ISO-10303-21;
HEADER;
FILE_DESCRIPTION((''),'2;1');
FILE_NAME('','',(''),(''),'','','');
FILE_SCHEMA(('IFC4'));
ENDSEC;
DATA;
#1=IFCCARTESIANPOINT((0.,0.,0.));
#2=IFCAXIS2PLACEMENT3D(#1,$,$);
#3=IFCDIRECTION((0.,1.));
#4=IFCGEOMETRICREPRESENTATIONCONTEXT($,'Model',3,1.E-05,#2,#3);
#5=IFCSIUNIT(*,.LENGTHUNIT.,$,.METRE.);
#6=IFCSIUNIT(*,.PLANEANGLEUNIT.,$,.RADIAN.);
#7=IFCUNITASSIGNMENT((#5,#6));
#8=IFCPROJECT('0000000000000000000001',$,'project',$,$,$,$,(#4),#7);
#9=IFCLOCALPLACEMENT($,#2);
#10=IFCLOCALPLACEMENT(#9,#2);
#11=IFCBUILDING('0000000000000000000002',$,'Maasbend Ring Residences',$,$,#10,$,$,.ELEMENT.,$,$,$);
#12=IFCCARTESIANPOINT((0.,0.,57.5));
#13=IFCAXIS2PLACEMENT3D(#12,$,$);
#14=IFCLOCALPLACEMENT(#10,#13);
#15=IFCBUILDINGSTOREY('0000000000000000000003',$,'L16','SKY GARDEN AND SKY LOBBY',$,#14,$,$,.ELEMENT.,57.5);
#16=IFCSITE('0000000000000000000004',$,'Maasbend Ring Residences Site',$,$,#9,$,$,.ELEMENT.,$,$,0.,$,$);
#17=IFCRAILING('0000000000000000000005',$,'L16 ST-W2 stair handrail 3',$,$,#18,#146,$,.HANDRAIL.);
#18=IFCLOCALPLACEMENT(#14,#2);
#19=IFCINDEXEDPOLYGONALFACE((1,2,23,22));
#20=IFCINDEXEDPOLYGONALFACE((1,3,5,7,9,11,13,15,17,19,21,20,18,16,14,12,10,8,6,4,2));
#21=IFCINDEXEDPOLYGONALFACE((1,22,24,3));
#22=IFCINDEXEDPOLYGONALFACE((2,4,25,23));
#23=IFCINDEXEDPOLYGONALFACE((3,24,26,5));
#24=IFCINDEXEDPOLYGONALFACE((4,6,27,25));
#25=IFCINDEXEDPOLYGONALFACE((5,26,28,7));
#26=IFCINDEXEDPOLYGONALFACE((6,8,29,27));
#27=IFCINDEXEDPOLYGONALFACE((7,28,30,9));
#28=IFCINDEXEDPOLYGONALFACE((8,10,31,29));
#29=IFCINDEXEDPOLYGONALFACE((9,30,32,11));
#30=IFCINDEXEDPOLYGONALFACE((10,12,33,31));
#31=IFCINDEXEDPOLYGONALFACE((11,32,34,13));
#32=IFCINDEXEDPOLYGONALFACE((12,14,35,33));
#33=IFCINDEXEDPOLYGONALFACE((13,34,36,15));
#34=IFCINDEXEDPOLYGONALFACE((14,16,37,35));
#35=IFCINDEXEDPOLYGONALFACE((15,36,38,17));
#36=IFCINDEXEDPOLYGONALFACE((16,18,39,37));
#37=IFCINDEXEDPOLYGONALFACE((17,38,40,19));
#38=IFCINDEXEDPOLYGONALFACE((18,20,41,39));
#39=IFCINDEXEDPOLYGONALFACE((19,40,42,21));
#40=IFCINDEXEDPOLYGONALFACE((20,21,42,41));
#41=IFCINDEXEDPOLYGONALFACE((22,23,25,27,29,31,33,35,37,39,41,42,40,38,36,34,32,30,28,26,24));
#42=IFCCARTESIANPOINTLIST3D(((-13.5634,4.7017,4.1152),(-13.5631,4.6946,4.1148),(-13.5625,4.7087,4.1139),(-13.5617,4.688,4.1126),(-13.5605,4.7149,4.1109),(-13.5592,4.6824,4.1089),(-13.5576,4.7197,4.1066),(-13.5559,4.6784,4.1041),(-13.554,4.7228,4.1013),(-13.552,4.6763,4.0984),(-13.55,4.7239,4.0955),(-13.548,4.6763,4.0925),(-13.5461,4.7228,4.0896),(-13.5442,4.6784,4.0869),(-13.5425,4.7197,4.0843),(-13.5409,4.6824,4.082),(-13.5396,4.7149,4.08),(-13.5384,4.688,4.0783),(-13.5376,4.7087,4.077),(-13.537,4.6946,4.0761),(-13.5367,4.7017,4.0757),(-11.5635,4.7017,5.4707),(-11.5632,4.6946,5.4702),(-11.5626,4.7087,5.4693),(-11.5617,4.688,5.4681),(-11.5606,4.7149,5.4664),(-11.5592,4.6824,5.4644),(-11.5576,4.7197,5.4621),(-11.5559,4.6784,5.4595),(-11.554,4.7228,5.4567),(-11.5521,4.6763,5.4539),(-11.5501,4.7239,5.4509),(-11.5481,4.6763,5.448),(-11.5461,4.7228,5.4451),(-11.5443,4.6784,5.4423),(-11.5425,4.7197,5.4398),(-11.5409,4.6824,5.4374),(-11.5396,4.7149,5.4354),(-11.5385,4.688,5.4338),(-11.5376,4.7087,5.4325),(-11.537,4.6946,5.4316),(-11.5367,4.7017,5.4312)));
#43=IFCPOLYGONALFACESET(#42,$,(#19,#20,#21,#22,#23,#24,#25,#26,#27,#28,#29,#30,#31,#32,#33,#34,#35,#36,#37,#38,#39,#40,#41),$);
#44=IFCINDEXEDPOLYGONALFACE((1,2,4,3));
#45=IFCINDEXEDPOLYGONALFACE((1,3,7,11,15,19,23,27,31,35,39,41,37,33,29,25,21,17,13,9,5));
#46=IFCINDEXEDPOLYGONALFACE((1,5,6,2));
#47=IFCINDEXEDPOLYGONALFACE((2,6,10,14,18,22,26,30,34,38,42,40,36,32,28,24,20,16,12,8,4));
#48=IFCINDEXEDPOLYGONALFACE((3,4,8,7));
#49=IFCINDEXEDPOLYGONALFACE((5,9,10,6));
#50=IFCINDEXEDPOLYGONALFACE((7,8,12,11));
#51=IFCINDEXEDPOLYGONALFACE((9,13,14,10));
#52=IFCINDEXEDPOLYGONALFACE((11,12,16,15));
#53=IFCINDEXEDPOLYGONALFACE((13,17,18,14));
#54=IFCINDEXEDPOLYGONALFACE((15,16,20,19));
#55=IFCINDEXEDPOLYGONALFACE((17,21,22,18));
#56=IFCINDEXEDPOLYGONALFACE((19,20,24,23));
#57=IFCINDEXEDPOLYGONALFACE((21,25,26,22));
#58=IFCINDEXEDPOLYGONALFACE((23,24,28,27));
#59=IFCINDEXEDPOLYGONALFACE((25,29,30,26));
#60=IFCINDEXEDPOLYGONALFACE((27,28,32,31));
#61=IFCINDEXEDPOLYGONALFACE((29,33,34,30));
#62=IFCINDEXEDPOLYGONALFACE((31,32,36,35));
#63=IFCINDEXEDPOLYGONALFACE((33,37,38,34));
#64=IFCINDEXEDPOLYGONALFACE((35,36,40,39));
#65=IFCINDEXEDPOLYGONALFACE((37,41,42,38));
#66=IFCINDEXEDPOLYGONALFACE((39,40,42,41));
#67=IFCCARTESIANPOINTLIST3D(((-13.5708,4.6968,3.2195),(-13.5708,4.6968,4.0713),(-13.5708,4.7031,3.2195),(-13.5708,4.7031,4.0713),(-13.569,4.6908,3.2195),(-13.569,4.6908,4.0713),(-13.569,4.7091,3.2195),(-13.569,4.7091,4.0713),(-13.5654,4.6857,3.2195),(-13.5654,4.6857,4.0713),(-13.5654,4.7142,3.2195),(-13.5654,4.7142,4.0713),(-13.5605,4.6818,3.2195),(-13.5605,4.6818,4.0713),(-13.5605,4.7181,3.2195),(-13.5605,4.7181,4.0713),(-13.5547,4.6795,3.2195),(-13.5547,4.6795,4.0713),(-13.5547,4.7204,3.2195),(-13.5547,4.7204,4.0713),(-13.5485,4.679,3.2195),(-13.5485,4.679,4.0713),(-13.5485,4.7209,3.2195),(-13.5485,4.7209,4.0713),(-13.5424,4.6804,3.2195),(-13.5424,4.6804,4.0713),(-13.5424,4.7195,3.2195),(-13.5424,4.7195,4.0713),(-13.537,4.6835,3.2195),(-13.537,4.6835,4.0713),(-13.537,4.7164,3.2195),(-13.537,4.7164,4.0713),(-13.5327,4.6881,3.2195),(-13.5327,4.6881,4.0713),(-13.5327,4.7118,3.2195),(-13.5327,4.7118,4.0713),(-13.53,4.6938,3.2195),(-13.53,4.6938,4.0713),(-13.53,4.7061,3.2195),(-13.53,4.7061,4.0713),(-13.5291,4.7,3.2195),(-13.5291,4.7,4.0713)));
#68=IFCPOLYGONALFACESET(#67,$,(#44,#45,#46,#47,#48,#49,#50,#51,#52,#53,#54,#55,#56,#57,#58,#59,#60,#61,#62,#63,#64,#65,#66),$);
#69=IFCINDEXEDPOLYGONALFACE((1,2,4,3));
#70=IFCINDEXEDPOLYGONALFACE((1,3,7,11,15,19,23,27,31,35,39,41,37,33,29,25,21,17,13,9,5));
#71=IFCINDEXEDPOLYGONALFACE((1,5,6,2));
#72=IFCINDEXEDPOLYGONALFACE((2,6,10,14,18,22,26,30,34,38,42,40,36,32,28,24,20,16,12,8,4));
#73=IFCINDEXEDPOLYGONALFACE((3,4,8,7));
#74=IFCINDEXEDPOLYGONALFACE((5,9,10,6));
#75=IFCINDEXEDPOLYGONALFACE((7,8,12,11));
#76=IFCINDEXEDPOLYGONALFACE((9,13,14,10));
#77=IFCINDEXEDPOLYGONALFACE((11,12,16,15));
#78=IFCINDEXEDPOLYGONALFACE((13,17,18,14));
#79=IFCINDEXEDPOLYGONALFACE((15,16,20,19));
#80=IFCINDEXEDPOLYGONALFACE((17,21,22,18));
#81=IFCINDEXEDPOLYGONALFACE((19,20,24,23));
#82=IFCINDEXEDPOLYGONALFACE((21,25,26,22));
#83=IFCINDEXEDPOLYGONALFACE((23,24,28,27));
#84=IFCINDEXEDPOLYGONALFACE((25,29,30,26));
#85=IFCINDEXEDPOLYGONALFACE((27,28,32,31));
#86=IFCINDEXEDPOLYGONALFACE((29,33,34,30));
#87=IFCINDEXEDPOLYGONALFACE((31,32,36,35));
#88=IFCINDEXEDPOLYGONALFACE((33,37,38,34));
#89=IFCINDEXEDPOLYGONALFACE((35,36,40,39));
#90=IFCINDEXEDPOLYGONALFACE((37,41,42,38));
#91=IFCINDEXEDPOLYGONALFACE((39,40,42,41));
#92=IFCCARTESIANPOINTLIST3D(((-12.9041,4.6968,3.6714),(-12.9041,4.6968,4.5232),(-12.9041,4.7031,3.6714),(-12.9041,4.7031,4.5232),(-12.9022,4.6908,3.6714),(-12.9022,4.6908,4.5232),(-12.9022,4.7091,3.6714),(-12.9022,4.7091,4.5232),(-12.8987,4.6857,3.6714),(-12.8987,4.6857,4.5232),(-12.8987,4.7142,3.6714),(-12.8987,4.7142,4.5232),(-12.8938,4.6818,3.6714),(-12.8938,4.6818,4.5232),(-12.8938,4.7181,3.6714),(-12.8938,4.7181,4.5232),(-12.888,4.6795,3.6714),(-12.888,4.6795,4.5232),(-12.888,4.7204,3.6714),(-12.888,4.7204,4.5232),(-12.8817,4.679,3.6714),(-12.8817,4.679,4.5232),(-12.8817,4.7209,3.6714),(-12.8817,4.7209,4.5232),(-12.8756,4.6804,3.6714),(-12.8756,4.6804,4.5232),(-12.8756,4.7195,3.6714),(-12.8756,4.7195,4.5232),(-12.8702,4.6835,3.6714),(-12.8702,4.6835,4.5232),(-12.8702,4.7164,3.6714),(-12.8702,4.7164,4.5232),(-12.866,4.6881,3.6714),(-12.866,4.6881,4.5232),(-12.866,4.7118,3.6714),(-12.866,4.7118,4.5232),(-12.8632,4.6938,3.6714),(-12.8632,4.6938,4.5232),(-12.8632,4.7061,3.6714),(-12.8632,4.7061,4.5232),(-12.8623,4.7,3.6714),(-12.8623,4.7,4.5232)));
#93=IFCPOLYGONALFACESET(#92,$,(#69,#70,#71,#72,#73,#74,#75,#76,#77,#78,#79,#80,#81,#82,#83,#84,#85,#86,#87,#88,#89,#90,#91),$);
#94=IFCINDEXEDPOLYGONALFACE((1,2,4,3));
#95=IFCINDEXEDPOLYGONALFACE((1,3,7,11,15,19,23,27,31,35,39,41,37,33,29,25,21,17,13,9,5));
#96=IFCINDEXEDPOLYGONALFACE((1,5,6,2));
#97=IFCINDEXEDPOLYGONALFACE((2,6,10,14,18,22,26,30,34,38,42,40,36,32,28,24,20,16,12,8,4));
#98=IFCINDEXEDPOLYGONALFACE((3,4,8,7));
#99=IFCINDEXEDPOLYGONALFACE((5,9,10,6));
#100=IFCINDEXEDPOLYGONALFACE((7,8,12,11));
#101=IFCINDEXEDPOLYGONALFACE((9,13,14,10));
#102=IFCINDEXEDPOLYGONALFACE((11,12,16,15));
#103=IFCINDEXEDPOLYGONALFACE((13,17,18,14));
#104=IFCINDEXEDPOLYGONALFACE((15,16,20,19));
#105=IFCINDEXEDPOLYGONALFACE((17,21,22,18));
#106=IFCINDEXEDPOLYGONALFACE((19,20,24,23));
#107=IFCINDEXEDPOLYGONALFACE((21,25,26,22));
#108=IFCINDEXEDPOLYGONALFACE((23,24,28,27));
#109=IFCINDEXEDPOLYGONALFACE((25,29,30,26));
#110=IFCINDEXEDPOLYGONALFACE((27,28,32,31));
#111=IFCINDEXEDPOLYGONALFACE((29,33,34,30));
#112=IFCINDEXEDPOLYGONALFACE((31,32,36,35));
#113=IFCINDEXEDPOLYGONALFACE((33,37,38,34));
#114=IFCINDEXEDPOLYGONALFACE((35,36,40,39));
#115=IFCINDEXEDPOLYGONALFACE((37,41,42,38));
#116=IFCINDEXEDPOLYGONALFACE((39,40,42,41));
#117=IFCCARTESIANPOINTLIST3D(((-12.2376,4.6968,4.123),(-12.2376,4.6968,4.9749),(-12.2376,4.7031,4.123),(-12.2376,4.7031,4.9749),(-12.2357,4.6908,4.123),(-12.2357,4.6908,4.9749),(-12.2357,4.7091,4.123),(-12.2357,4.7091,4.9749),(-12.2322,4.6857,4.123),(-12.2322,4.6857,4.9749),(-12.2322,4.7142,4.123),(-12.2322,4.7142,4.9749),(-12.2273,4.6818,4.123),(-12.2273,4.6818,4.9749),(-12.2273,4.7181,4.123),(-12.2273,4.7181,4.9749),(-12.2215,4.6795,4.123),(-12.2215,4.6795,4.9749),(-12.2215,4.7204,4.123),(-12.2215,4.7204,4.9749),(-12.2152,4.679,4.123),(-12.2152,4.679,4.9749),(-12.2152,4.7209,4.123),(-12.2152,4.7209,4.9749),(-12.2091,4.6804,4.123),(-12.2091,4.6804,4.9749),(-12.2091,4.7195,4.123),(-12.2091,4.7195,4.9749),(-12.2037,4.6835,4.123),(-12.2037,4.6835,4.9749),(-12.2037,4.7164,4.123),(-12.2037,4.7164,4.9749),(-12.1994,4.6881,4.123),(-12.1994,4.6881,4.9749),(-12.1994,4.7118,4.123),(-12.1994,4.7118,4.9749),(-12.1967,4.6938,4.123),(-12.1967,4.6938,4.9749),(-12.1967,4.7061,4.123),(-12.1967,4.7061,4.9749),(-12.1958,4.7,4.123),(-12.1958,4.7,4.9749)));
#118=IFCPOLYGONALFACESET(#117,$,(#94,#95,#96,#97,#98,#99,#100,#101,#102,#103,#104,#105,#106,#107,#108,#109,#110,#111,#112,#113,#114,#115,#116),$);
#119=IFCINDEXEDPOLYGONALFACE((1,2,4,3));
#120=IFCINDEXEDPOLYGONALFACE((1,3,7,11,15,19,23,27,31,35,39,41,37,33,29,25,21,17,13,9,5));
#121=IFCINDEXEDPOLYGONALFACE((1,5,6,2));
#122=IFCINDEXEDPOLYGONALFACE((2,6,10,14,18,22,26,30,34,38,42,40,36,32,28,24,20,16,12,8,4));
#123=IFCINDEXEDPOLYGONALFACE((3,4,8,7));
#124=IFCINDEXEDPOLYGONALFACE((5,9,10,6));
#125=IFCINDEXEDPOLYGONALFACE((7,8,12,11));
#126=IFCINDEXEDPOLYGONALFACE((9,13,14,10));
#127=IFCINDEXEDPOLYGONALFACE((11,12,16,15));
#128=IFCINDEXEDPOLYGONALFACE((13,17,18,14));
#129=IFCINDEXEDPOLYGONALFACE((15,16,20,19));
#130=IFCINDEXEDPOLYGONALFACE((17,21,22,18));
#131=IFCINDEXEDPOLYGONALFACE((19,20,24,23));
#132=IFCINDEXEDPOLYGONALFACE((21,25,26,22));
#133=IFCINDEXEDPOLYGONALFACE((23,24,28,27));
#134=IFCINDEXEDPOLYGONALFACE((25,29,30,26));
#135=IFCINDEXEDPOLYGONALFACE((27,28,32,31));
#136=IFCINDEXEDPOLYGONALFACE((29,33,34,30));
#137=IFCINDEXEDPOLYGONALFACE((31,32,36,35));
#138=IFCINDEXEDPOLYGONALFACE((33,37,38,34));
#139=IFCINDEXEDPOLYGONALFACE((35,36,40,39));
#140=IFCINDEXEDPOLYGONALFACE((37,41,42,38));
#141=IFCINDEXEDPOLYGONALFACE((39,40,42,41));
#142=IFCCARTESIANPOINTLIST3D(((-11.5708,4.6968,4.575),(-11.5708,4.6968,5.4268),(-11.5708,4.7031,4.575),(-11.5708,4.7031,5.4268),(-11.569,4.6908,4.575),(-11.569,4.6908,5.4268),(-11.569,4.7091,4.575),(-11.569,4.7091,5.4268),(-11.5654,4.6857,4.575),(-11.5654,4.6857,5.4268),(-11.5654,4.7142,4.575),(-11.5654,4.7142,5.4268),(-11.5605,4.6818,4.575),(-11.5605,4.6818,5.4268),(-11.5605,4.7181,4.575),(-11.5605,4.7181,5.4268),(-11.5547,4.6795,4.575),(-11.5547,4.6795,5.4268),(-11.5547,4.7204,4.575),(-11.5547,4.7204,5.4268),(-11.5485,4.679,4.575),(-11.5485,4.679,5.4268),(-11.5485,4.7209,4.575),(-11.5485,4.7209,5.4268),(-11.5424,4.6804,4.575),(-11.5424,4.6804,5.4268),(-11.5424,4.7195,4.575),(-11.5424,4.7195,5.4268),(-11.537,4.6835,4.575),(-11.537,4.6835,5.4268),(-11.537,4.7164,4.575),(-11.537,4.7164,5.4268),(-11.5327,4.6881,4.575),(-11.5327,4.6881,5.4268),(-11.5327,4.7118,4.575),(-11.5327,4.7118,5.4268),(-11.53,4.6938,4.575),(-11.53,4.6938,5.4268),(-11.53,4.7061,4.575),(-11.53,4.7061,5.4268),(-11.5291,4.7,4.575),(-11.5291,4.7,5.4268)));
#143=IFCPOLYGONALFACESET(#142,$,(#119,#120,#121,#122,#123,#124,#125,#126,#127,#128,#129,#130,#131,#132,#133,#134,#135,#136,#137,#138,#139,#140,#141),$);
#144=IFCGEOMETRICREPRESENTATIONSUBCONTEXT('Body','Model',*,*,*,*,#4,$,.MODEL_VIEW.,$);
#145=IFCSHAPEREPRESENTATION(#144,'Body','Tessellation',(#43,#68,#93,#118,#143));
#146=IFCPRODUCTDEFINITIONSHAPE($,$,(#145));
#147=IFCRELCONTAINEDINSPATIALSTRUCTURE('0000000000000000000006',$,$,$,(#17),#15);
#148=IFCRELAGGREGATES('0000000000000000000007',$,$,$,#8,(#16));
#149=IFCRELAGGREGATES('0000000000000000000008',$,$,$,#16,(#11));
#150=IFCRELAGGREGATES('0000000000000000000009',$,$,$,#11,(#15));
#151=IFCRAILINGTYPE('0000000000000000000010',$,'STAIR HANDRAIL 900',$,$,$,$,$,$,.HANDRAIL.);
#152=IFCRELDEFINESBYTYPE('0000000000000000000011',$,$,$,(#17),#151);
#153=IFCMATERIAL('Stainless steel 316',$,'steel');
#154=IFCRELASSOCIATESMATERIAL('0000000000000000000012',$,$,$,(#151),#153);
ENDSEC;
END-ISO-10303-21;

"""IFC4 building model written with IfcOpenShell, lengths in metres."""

from ifc_helpers import new_model, si_unit, direction, frame, origin, origin_2d, place, context, subcontext, project, spatial, circle, extrude, material, type_object, element, save


model = new_model("IFC4")

# Units and contexts
model_context = context("Model", 3, precision=1e-05, world=origin(), true_north=direction((0.0, 1.0)))
body_context = subcontext(model_context, "Body", "Model", "MODEL_VIEW")
ifc_project = project(units=[si_unit("LENGTHUNIT", "METRE"), si_unit("PLANEANGLEUNIT", "RADIAN")], contexts=[model_context])

# Site, building, storey
site_placement = place(None, origin())
site = spatial("IfcSite", under=ifc_project, at=site_placement, Name="Maasbend Ring Residences Site", CompositionType="ELEMENT", RefElevation=0.0)
building_placement = place(site_placement, origin())
building = spatial("IfcBuilding", under=site, at=building_placement, Name="Maasbend Ring Residences", CompositionType="ELEMENT")
storey_placement = place(building_placement, frame((0.0, 0.0, 57.5)))
storey = spatial("IfcBuildingStorey", under=building, at=storey_placement, Name="L16", Description="SKY GARDEN AND SKY LOBBY", CompositionType="ELEMENT", Elevation=57.5)

# Railing
ifc_material_1 = material(Name="Stainless steel 316", Category="steel")
railing_type_1 = type_object("IfcRailingType", Name="STAIR HANDRAIL 900", PredefinedType="HANDRAIL", material=ifc_material_1)
railing_1_placement = place(storey_placement, frame((-13.55, 4.7, 3.2195)))
element("IfcRailing", 1, at=railing_1_placement, inside=storey, type_object=railing_type_1, Name="L16 ST-W2 stair handrail 3", PredefinedType="HANDRAIL", context=body_context, shape_type="SweptSolid", body=[
    extrude(circle(Radius=0.0239, at=origin_2d()), frame((0.0, 0.0, 0.876), z_axis=(0.827798, 0.0, 0.561027), x_axis=(0.0, 1.0, 0.0)), (0.0, 0.0, 1.0), 2.416),
    extrude(circle(Radius=0.021, at=origin_2d()), origin(), (0.0, 0.0, 1.0), 0.8518),
    extrude(circle(Radius=0.021, at=origin_2d()), frame((0.6667, 0.0, 0.4519)), (0.0, 0.0, 1.0), 0.8518),
    extrude(circle(Radius=0.021, at=origin_2d()), frame((1.3333, 0.0, 0.9036)), (0.0, 0.0, 1.0), 0.8518),
    extrude(circle(Radius=0.021, at=origin_2d()), frame((2.0, 0.0, 1.3555)), (0.0, 0.0, 1.0), 0.8518),
])

save(model, "model.ifc")
